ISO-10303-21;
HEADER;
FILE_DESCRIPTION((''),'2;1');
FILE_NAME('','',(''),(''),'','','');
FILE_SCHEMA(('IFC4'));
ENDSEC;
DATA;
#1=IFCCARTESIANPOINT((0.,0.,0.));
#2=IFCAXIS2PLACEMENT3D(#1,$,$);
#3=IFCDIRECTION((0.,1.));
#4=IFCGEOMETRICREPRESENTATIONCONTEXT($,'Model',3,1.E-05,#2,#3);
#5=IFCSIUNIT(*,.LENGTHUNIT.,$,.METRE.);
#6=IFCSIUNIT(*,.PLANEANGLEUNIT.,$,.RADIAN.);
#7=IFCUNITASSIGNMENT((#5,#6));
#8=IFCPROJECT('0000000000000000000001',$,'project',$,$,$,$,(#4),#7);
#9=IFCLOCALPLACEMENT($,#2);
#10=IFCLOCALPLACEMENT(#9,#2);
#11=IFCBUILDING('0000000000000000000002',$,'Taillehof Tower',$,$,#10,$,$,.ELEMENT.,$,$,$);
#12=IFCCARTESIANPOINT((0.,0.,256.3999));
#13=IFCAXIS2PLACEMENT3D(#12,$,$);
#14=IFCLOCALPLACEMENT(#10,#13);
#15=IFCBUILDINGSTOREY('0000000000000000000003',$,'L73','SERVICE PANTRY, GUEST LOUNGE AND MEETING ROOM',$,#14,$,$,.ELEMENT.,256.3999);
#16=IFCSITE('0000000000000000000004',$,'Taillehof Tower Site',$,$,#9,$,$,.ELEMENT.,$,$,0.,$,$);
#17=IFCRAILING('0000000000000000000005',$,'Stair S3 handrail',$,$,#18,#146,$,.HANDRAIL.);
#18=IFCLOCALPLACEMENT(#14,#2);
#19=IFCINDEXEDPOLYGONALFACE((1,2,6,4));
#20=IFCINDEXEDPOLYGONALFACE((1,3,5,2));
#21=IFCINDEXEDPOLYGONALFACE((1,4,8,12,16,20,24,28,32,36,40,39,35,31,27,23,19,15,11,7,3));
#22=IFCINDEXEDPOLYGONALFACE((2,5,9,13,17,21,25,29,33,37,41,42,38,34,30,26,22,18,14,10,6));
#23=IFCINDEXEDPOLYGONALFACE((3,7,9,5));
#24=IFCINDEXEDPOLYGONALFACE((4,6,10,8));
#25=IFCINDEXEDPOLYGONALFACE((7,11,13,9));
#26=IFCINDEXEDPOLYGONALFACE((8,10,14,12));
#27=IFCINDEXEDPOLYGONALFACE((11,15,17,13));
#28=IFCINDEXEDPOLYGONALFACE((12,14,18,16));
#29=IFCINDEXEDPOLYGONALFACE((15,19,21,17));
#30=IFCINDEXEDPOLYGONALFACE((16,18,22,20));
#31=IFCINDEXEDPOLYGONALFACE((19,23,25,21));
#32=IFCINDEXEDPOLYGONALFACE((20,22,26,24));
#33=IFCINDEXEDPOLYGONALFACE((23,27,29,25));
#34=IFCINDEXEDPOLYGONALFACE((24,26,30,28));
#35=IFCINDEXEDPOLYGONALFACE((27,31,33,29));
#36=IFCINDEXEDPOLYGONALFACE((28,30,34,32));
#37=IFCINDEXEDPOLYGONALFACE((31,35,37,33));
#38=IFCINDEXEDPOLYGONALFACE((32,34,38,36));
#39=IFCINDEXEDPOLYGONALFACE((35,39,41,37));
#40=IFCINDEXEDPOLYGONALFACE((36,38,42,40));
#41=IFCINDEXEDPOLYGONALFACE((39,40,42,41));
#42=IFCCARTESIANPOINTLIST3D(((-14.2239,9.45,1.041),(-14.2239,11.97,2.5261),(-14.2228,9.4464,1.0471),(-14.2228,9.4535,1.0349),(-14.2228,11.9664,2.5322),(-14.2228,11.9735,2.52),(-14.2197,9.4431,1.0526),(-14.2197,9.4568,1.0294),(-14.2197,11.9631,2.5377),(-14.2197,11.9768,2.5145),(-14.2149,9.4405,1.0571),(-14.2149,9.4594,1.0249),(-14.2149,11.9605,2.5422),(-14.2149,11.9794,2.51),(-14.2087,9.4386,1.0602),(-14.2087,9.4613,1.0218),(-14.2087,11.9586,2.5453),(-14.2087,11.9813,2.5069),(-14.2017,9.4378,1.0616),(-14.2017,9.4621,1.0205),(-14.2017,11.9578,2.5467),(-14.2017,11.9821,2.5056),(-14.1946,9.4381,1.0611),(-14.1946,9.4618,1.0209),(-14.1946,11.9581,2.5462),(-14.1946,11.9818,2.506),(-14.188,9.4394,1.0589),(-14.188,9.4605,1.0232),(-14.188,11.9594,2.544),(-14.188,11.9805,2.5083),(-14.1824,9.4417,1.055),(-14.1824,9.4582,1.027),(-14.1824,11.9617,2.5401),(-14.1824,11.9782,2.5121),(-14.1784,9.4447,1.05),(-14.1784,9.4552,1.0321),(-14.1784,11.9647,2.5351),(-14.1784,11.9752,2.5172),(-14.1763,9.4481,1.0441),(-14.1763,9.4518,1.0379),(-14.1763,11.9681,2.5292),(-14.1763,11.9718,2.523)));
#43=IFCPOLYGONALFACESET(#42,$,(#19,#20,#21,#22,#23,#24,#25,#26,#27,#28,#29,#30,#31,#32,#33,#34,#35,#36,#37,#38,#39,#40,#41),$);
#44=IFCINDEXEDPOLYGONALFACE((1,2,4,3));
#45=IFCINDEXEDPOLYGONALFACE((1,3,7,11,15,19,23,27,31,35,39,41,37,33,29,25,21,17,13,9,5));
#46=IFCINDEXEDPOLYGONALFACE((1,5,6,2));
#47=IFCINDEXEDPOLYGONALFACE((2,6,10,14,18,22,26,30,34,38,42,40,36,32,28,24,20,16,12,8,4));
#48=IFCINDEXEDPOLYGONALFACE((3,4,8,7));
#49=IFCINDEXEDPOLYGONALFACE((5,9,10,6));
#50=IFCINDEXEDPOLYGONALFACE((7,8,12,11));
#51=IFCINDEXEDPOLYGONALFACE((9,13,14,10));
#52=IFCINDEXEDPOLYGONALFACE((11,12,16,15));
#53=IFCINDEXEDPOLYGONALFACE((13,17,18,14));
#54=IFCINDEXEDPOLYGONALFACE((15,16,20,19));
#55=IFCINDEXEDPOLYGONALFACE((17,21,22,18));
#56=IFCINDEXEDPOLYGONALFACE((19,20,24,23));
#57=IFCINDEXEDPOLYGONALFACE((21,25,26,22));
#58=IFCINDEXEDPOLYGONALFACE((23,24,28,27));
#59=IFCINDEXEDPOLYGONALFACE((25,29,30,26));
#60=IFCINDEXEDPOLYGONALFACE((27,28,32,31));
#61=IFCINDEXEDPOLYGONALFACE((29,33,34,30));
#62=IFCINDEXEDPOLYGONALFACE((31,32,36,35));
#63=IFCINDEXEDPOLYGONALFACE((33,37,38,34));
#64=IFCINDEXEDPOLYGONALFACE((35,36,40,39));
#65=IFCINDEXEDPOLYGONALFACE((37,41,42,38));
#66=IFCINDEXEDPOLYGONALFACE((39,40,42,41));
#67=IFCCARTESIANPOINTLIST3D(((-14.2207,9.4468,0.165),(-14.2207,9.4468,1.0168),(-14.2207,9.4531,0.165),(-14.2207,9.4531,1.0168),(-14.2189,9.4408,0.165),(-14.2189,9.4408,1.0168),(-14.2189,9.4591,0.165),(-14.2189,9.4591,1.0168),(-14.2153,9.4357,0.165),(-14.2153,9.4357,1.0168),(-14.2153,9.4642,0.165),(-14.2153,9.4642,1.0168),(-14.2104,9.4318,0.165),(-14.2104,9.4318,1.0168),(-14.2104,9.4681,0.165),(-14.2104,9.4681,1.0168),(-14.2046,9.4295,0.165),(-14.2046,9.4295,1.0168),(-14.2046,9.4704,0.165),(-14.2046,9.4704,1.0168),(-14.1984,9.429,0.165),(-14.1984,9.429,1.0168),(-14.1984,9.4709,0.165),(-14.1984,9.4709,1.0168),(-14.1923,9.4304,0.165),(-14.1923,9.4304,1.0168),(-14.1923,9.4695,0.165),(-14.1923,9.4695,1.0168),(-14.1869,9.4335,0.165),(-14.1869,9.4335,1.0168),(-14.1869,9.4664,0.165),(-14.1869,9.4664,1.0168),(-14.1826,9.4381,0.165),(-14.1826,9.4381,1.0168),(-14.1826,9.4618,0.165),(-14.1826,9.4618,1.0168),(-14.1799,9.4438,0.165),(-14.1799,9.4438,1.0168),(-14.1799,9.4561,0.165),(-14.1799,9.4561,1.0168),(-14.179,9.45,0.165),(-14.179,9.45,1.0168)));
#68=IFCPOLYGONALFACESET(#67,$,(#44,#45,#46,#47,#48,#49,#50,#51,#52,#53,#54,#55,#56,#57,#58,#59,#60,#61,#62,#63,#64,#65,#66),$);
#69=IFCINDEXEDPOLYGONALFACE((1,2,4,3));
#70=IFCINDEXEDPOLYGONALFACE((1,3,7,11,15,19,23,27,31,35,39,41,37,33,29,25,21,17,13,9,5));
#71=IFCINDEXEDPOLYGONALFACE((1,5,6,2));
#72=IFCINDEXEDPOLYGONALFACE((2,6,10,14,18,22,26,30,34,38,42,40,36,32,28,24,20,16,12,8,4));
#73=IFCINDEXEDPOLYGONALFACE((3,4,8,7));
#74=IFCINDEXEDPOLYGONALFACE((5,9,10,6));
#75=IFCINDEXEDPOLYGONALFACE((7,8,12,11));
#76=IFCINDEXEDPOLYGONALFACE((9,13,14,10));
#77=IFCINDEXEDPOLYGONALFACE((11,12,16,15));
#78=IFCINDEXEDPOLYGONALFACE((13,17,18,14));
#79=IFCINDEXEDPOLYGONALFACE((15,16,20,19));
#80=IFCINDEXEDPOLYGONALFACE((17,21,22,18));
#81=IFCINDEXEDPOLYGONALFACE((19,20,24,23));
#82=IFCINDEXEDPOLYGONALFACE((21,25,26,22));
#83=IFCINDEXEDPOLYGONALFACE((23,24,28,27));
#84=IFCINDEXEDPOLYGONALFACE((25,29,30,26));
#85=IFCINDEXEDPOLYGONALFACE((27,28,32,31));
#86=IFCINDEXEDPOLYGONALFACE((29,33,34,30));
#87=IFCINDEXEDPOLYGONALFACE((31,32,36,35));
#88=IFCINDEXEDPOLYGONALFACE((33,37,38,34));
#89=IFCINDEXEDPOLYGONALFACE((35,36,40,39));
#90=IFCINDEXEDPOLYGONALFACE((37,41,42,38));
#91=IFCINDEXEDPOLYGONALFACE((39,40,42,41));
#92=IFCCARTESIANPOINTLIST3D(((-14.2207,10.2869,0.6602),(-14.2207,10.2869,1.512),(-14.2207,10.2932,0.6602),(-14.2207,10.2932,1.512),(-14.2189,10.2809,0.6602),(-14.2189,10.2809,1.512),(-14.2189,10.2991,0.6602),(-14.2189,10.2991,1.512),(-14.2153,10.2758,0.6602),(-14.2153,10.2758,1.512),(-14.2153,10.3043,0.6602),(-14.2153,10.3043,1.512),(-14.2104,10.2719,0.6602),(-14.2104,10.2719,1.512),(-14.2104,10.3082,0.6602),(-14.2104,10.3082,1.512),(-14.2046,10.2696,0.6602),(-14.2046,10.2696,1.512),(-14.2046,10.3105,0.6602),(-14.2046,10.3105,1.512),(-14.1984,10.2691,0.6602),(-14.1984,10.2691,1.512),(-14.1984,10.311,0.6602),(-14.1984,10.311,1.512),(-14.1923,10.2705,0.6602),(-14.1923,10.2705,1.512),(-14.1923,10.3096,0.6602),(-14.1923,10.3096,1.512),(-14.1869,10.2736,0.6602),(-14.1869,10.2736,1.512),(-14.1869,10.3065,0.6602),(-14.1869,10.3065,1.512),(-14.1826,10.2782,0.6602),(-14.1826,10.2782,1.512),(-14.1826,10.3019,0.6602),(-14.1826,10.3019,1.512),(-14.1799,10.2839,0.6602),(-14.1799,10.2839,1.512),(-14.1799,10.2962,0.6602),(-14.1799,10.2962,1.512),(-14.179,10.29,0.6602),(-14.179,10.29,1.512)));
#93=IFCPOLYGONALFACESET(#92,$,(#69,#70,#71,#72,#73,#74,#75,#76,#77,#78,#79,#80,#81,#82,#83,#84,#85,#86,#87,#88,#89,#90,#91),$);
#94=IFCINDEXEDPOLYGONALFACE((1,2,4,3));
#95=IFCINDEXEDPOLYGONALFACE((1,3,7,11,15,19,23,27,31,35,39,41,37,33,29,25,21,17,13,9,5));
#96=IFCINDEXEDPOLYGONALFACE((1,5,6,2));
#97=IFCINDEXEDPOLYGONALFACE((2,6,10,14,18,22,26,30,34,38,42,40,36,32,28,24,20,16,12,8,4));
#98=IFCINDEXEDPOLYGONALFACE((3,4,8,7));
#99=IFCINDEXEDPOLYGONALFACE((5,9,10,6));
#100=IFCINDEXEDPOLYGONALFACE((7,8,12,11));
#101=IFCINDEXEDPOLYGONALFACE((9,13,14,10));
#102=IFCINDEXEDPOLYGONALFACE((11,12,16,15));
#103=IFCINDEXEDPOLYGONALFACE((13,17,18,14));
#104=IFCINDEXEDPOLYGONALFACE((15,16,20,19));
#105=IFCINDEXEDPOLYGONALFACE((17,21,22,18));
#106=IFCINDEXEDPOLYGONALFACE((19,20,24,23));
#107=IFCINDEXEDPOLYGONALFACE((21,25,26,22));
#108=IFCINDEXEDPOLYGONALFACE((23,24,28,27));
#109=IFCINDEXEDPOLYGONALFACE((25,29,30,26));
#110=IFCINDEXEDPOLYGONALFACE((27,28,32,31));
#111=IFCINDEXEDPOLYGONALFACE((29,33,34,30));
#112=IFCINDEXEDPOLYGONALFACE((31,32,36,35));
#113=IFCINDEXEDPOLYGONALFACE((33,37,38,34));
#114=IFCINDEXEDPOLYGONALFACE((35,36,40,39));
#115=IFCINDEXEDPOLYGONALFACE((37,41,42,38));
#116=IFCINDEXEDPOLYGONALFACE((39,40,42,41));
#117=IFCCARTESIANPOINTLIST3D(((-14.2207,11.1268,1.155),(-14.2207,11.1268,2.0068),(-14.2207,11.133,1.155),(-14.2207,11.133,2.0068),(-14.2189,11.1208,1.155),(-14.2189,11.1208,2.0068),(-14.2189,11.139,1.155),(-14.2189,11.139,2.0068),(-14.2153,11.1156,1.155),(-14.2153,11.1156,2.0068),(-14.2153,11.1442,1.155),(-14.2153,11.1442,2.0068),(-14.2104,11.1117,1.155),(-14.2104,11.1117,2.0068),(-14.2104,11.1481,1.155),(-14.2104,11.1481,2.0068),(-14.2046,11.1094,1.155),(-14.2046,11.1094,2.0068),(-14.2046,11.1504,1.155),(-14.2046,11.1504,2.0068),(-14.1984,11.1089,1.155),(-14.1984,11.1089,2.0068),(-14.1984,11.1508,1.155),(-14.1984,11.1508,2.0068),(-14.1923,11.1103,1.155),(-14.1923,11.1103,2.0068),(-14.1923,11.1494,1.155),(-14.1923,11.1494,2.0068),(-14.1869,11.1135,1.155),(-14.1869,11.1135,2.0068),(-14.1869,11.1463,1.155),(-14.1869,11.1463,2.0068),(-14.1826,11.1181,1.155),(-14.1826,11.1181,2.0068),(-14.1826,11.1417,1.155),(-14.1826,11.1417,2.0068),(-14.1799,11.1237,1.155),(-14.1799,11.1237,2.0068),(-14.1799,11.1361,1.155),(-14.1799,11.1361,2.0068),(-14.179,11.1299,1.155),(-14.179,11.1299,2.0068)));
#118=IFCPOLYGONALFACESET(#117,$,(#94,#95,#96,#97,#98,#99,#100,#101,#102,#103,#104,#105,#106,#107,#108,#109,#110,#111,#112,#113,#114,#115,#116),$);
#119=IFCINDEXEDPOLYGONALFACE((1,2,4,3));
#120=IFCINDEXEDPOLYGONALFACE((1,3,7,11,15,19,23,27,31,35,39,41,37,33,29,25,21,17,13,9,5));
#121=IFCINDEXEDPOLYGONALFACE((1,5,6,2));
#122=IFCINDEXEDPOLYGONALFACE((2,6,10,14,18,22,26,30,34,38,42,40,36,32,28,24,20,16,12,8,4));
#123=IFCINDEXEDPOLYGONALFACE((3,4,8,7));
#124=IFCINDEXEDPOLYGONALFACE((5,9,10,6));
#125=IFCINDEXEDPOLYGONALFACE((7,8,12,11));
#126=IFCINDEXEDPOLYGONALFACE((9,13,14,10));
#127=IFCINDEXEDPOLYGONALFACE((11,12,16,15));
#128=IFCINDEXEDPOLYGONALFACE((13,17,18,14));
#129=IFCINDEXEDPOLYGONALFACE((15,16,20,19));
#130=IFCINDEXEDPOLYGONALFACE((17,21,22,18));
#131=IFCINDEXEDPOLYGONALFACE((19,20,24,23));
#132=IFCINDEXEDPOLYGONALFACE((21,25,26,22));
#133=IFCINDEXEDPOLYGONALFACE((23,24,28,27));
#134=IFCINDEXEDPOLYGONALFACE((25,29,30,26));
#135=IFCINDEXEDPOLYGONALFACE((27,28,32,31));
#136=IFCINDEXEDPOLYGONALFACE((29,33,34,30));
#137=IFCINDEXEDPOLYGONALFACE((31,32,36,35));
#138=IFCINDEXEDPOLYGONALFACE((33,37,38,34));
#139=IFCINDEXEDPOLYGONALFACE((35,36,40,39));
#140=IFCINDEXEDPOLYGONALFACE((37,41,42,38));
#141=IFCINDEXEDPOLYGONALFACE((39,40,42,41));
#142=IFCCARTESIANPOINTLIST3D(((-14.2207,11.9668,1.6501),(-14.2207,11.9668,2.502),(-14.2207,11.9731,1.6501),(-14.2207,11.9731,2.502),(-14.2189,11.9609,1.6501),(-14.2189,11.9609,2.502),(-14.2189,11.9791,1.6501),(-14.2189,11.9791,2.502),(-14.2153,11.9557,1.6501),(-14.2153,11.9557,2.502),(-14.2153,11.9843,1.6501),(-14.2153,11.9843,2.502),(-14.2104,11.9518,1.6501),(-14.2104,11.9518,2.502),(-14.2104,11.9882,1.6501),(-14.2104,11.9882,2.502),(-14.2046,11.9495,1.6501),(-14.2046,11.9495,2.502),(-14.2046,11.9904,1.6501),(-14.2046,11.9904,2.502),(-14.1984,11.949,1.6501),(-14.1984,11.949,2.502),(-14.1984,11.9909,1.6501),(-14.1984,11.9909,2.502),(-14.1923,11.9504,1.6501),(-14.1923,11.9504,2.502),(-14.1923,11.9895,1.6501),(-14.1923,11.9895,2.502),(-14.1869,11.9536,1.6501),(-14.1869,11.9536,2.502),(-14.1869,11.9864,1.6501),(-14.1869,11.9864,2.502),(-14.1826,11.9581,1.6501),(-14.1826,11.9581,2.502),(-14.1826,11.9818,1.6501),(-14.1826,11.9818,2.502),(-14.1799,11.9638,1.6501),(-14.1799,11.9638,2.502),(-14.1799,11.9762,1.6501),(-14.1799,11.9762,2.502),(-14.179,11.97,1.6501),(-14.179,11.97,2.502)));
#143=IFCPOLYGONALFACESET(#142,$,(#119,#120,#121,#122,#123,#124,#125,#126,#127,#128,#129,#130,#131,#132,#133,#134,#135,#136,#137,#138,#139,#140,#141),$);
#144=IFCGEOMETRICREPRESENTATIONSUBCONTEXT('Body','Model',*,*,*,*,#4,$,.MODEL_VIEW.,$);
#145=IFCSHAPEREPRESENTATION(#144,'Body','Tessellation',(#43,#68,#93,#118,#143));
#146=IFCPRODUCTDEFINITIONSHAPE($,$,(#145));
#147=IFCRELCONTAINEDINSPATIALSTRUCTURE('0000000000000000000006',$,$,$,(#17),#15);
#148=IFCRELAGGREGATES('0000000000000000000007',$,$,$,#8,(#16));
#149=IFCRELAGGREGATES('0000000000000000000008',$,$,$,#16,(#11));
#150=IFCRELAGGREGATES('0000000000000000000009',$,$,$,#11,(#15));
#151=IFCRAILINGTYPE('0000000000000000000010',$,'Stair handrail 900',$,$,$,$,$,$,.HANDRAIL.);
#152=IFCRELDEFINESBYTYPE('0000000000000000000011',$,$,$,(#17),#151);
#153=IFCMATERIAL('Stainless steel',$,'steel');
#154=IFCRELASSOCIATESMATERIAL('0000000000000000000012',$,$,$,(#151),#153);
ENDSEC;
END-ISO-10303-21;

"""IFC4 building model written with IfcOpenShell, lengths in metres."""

from ifc_helpers import new_model, si_unit, direction, frame, origin, origin_2d, place, context, subcontext, project, spatial, circle, extrude, material, type_object, element, save


model = new_model("IFC4")

# Units and contexts
model_context = context("Model", 3, precision=1e-05, world=origin(), true_north=direction((0.0, 1.0)))
body_context = subcontext(model_context, "Body", "Model", "MODEL_VIEW")
ifc_project = project(units=[si_unit("LENGTHUNIT", "METRE"), si_unit("PLANEANGLEUNIT", "RADIAN")], contexts=[model_context])

# Site, building, storey
site_placement = place(None, origin())
site = spatial("IfcSite", under=ifc_project, at=site_placement, Name="Taillehof Tower Site", CompositionType="ELEMENT", RefElevation=0.0)
building_placement = place(site_placement, origin())
building = spatial("IfcBuilding", under=site, at=building_placement, Name="Taillehof Tower", CompositionType="ELEMENT")
storey_placement = place(building_placement, frame((0.0, 0.0, 256.3999)))
storey = spatial("IfcBuildingStorey", under=building, at=storey_placement, Name="L73", Description="SERVICE PANTRY, GUEST LOUNGE AND MEETING ROOM", CompositionType="ELEMENT", Elevation=256.3999)

# Railing
ifc_material_1 = material(Name="Stainless steel", Category="steel")
railing_type_1 = type_object("IfcRailingType", Name="Stair handrail 900", PredefinedType="HANDRAIL", material=ifc_material_1)
railing_1_placement = place(storey_placement, frame((-14.2, 9.45, 0.165)))
element("IfcRailing", 1, at=railing_1_placement, inside=storey, type_object=railing_type_1, Name="Stair S3 handrail", PredefinedType="HANDRAIL", context=body_context, shape_type="SweptSolid", body=[
    extrude(circle(Radius=0.0239, at=origin_2d()), frame((0.0, 0.0, 0.876), z_axis=(0.0, 0.861524, 0.507717), x_axis=(-1.0, 0.0, 0.0)), (0.0, 0.0, 1.0), 2.925),
    extrude(circle(Radius=0.021, at=origin_2d()), origin(), (0.0, 0.0, 1.0), 0.8518),
    extrude(circle(Radius=0.021, at=origin_2d()), frame((0.0, 0.8401, 0.4951)), (0.0, 0.0, 1.0), 0.8518),
    extrude(circle(Radius=0.021, at=origin_2d()), frame((0.0, 1.6799, 0.99)), (0.0, 0.0, 1.0), 0.8518),
    extrude(circle(Radius=0.021, at=origin_2d()), frame((0.0, 2.52, 1.4851)), (0.0, 0.0, 1.0), 0.8518),
])

save(model, "model.ifc")
